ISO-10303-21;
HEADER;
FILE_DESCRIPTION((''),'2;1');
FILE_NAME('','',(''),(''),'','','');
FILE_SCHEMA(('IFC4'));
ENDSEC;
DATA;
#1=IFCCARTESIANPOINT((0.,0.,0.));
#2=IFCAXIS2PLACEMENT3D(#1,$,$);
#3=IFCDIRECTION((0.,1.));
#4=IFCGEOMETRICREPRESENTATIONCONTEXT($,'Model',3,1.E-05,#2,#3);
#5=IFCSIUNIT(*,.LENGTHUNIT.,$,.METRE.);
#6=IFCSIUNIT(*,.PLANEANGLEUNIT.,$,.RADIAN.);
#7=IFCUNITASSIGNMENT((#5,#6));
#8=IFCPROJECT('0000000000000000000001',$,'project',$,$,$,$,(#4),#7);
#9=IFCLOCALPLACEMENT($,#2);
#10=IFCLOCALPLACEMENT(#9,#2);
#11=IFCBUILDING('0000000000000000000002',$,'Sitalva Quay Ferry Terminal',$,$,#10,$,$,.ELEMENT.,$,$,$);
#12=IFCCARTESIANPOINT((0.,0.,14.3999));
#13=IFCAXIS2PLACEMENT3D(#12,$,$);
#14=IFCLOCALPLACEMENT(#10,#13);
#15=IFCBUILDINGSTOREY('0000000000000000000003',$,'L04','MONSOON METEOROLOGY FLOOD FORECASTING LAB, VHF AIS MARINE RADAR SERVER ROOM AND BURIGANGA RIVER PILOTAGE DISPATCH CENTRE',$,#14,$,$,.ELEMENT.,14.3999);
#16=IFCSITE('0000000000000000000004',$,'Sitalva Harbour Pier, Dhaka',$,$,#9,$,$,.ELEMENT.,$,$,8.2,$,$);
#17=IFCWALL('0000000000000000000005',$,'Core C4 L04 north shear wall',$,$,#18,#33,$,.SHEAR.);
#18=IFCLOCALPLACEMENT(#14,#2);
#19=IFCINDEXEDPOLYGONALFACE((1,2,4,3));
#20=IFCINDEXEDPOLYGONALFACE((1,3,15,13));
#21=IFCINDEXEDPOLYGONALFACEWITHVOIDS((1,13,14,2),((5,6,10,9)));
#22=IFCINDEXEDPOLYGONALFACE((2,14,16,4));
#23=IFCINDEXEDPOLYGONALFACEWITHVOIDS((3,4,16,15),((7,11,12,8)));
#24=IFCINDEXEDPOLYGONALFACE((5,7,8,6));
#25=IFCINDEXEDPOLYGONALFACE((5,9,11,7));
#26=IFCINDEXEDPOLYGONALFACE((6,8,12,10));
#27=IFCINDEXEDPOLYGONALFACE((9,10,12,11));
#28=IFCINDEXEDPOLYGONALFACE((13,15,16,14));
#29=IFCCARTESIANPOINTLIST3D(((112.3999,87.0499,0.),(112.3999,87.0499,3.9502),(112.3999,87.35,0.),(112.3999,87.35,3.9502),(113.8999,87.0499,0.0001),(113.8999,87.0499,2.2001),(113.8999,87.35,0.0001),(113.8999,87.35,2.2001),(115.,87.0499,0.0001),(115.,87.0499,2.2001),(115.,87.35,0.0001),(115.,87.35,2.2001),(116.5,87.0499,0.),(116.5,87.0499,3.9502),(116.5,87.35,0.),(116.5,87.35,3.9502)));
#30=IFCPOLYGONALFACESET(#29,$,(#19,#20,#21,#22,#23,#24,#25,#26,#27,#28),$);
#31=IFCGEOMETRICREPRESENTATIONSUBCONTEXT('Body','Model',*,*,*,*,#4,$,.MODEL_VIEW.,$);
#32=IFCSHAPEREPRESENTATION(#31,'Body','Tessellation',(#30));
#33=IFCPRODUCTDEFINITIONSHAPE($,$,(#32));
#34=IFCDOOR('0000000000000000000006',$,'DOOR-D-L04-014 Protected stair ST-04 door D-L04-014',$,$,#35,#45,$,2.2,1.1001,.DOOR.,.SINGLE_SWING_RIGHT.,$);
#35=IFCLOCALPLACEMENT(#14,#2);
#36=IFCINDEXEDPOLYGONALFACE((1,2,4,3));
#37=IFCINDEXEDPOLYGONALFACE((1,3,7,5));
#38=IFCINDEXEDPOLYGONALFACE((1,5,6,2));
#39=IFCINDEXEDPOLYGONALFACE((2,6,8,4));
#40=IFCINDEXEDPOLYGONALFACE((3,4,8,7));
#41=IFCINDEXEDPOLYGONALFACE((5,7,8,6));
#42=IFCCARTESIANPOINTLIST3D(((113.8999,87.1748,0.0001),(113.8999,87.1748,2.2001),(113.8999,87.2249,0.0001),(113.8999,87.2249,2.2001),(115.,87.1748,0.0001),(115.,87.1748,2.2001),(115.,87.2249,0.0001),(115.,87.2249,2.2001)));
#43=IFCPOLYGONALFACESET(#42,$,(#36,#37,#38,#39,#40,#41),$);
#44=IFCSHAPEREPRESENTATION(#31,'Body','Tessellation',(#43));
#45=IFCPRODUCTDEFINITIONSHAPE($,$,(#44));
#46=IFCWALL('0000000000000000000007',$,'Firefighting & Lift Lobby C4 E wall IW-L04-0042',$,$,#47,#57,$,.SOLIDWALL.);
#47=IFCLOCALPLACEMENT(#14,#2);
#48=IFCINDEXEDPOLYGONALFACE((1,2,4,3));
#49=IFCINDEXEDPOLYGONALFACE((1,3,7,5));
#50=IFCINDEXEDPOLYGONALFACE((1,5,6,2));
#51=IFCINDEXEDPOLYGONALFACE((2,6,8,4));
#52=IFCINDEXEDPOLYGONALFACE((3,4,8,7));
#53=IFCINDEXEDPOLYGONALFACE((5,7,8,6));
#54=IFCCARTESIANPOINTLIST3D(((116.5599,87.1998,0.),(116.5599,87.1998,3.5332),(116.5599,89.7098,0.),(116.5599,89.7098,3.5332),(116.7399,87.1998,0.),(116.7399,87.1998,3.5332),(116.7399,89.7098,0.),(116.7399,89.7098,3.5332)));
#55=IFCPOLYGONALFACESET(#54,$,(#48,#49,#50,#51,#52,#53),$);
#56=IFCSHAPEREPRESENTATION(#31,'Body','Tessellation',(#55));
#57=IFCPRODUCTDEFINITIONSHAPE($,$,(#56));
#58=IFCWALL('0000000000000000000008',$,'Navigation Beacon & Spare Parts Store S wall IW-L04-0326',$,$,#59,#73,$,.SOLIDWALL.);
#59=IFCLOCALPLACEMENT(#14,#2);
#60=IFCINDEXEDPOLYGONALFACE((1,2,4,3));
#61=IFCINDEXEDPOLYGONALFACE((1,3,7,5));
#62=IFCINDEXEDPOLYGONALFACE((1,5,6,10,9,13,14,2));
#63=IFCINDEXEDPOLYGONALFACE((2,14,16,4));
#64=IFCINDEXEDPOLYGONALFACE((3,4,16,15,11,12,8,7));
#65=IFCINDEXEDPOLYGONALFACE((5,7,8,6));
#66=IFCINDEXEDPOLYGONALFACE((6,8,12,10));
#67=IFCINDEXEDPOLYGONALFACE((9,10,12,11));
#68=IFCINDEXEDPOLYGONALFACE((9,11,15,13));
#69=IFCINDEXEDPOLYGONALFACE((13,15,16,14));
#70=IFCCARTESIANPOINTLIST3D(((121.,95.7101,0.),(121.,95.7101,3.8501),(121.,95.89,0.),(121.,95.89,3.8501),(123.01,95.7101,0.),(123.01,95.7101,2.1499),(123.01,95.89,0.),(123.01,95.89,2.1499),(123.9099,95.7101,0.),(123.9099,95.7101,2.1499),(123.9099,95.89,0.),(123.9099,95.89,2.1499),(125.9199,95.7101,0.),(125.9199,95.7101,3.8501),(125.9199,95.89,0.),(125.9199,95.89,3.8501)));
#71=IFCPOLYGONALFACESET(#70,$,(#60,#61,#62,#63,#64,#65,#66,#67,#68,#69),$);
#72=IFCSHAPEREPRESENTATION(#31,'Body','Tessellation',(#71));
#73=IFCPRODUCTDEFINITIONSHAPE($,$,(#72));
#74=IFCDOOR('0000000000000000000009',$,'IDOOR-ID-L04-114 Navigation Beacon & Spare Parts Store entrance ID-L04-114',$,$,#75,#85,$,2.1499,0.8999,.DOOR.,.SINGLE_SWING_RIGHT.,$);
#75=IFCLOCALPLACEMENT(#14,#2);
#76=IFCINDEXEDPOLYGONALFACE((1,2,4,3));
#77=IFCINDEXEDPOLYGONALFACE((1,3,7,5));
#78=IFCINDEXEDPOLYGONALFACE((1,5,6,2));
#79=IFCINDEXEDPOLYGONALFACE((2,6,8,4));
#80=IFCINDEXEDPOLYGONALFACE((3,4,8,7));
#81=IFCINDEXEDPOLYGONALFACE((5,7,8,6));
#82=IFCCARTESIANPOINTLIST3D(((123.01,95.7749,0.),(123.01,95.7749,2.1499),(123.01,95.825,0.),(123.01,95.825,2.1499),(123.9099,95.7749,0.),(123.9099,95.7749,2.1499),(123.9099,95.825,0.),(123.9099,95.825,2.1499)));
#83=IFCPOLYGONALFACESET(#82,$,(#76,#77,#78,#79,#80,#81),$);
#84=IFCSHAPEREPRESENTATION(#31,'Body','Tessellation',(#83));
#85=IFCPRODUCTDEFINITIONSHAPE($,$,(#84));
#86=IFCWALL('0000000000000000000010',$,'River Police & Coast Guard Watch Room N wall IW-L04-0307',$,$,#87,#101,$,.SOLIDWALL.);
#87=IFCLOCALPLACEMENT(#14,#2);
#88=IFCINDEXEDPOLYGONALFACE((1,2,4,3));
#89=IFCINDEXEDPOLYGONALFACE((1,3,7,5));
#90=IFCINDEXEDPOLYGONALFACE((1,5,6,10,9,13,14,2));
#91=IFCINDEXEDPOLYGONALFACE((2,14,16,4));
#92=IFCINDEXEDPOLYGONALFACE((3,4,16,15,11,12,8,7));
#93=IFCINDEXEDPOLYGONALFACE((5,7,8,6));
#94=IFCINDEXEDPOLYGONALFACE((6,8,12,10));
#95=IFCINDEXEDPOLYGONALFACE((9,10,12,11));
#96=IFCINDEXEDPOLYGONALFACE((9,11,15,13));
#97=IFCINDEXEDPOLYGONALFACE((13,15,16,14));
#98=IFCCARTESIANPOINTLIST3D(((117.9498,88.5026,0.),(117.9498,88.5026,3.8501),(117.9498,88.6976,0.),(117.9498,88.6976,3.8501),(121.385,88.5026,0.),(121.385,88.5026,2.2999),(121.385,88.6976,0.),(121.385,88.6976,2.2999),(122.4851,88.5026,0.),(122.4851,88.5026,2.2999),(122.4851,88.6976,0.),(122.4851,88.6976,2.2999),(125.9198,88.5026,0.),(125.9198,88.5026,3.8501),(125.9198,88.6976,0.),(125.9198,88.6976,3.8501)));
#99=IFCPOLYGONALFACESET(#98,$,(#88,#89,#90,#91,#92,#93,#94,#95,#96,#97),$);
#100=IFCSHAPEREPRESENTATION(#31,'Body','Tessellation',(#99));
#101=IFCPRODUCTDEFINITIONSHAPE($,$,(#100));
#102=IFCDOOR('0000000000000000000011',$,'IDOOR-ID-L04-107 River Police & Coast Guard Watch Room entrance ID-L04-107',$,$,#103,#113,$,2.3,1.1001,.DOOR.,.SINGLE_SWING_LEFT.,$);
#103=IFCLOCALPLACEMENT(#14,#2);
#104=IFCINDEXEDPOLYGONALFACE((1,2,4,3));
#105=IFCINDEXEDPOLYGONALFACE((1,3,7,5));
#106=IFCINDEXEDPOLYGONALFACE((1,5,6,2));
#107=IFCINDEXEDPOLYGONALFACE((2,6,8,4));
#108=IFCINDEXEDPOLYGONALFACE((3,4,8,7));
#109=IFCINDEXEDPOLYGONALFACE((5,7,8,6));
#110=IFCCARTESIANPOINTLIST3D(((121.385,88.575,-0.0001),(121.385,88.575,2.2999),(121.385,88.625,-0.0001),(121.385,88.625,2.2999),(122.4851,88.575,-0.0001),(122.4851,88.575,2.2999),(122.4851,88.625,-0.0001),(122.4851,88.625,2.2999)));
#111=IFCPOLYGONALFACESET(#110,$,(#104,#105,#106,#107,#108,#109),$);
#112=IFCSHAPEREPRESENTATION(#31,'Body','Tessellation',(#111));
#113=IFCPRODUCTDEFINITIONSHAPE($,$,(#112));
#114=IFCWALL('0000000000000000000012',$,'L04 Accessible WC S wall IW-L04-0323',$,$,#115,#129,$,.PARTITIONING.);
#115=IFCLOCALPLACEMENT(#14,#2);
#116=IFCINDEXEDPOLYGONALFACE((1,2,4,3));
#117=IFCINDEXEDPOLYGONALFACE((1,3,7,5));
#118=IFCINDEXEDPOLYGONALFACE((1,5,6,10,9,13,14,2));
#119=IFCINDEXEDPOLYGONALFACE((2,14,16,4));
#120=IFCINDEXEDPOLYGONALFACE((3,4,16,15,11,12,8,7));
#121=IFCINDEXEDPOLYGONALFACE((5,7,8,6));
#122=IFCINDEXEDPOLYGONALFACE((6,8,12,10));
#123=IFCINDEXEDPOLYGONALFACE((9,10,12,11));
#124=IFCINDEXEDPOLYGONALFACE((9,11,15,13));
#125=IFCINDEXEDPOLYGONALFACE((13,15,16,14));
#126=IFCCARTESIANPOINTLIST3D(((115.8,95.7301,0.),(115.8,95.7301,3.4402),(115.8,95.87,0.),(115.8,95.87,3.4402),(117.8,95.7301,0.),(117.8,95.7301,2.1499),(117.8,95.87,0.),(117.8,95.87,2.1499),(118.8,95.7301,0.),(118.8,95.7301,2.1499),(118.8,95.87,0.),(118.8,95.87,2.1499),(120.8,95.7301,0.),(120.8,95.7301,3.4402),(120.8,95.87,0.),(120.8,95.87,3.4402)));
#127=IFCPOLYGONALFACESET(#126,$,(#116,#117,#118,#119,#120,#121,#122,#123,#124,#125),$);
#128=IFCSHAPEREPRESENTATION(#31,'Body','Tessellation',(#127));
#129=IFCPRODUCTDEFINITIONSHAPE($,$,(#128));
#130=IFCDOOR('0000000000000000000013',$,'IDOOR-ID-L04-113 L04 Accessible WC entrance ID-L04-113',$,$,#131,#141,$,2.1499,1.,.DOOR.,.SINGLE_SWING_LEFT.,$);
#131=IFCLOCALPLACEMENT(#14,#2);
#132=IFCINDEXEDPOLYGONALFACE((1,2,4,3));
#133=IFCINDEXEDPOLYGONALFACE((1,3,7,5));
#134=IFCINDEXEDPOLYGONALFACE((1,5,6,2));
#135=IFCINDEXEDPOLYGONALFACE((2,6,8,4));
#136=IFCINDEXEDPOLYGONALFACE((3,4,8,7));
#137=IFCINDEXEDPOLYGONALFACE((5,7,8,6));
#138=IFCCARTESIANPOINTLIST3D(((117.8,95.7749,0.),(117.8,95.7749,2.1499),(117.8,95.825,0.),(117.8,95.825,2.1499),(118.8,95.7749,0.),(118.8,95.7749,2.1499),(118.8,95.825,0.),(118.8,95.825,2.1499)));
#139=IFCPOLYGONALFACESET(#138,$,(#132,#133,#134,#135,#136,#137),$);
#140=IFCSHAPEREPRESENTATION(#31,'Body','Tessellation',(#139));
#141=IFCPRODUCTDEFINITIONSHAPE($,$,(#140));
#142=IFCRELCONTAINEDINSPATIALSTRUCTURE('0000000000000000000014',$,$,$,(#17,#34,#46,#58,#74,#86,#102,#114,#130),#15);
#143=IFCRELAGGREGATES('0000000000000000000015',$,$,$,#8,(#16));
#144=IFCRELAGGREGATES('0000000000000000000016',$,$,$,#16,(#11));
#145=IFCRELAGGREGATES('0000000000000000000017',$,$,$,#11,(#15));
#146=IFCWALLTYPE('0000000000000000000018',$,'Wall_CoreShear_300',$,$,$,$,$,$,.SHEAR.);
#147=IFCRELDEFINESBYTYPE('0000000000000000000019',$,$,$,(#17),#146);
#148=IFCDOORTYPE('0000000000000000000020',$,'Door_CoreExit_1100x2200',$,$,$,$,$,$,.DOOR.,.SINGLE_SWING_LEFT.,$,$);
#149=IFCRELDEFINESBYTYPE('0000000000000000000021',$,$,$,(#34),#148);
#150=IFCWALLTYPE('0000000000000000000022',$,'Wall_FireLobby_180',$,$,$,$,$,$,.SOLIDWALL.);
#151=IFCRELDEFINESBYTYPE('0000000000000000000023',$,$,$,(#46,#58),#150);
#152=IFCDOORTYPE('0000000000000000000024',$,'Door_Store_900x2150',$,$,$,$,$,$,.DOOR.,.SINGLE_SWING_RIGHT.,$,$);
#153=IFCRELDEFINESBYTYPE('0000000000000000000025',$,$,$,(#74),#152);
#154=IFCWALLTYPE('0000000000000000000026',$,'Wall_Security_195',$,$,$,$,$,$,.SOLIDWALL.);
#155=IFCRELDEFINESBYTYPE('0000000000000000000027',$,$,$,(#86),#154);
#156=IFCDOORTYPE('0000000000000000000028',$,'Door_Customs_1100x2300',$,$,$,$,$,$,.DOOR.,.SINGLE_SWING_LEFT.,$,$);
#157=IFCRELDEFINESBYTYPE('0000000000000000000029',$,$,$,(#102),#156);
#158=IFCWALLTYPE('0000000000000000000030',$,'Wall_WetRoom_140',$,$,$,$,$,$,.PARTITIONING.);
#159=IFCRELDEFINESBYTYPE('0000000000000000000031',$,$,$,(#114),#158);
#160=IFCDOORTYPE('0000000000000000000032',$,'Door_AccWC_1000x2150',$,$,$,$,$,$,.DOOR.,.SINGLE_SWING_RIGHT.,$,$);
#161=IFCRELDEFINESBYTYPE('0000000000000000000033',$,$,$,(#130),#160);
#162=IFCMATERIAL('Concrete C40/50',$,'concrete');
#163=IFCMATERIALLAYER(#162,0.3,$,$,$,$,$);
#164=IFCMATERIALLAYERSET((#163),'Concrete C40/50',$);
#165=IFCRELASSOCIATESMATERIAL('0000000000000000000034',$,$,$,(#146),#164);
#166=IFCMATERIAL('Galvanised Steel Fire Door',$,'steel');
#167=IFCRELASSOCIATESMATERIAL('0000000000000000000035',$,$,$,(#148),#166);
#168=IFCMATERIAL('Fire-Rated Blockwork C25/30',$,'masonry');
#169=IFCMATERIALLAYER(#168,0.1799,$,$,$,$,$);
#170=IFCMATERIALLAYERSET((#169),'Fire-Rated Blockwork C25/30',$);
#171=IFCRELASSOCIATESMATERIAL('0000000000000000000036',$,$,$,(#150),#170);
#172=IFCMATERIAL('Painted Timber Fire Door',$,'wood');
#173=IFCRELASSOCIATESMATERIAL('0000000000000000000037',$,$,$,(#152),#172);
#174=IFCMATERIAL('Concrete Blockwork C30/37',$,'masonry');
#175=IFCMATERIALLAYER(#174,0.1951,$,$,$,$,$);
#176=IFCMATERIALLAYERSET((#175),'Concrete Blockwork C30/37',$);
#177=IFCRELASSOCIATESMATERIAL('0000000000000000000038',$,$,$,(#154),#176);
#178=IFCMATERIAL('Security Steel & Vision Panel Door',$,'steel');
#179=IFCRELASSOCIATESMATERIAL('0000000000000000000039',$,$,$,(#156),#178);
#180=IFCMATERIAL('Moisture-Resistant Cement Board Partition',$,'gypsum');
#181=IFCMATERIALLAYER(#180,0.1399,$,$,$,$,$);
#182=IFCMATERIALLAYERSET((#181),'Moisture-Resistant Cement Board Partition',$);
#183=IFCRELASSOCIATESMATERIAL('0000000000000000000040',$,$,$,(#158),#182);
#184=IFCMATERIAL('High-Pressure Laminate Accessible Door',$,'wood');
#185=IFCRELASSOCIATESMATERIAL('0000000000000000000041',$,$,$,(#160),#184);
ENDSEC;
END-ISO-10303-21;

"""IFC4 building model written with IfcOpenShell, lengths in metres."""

from ifc_helpers import new_model, si_unit, direction, frame, frame_2d, origin, place, context, subcontext, project, spatial, rectangle, extrude, material, layer, layer_set, type_object, element, fill, save


model = new_model("IFC4")

# Units and contexts
model_context = context("Model", 3, precision=1e-05, world=origin(), true_north=direction((0.0, 1.0)))
body_context = subcontext(model_context, "Body", "Model", "MODEL_VIEW")
ifc_project = project(units=[si_unit("LENGTHUNIT", "METRE"), si_unit("PLANEANGLEUNIT", "RADIAN")], contexts=[model_context])

# Site, building, storey
site_placement = place(None, origin())
site = spatial("IfcSite", under=ifc_project, at=site_placement, Name="Sitalva Harbour Pier, Dhaka", CompositionType="ELEMENT", RefElevation=8.2)
building_placement = place(site_placement, origin())
building = spatial("IfcBuilding", under=site, at=building_placement, Name="Sitalva Quay Ferry Terminal", CompositionType="ELEMENT")
storey_placement = place(building_placement, frame((0.0, 0.0, 14.3999)))
storey = spatial("IfcBuildingStorey", under=building, at=storey_placement, Name="L04", Description="MONSOON METEOROLOGY FLOOD FORECASTING LAB, VHF AIS MARINE RADAR SERVER ROOM AND BURIGANGA RIVER PILOTAGE DISPATCH CENTRE", CompositionType="ELEMENT", Elevation=14.3999)

# Wall, opening, door
ifc_material_1 = material(Name="Concrete C40/50", Category="concrete")
ifc_layer_1 = layer(ifc_material_1, 0.3)
ifc_layer_set_1 = layer_set([ifc_layer_1], Name="Concrete C40/50")
wall_type_1 = type_object("IfcWallType", Name="Wall_CoreShear_300", PredefinedType="SHEAR", material=ifc_layer_set_1)
wall_1_placement = place(storey_placement, frame((112.3999, 87.2, 0.0), z_axis=(0.0, 0.0, 1.0), x_axis=(1.0, 0.0, 0.0)))
wall_1 = element("IfcWall", 1, at=wall_1_placement, inside=storey, type_object=wall_type_1, Name="Core C4 L04 north shear wall", PredefinedType="SHEAR", context=body_context, shape_type="SweptSolid", body=[
    extrude(rectangle(XDim=4.1001, YDim=0.3, at=frame_2d((2.05, 0.0))), origin(), (0.0, 0.0, 1.0), 3.9502),
])
opening_1_placement = place(wall_1_placement, frame((1.5, 0.0, 0.0)))
opening_1 = element("IfcOpeningElement", 2, at=opening_1_placement, cuts=wall_1, PredefinedType="OPENING", context=body_context, shape_type="SweptSolid", body=[
    extrude(rectangle(XDim=1.1001, YDim=2.2, at=frame_2d((0.55, 1.1001))), frame((0.0, 0.1599, 0.0), z_axis=(0.0, -1.0, 0.0), x_axis=(1.0, 0.0, 0.0)), (0.0, 0.0, 1.0), 0.3201),
])
ifc_material_2 = material(Name="Galvanised Steel Fire Door", Category="steel")
door_type_1 = type_object("IfcDoorType", Name="Door_CoreExit_1100x2200", OperationType="SINGLE_SWING_LEFT", PredefinedType="DOOR", material=ifc_material_2)
door_1_placement = place(opening_1_placement, origin())
door_1 = element("IfcDoor", 3, at=door_1_placement, inside=storey, type_object=door_type_1, Name="DOOR-D-L04-014 Protected stair ST-04 door D-L04-014", OperationType="SINGLE_SWING_RIGHT", OverallHeight=2.2, OverallWidth=1.1001, PredefinedType="DOOR", context=body_context, shape_type="SweptSolid", body=[
    extrude(rectangle(XDim=1.1001, YDim=2.2, at=frame_2d((0.55, 1.1001))), frame((0.0, 0.0249, 0.0), z_axis=(0.0, -1.0, 0.0), x_axis=(1.0, 0.0, 0.0)), (0.0, 0.0, 1.0), 0.05),
])
fill(opening_1, door_1)

# Wall
ifc_material_3 = material(Name="Fire-Rated Blockwork C25/30", Category="masonry")
ifc_layer_2 = layer(ifc_material_3, 0.1799)
ifc_layer_set_2 = layer_set([ifc_layer_2], Name="Fire-Rated Blockwork C25/30")
wall_type_2 = type_object("IfcWallType", Name="Wall_FireLobby_180", PredefinedType="SOLIDWALL", material=ifc_layer_set_2)
wall_2_placement = place(storey_placement, frame((116.6499, 87.2, 0.0), z_axis=(0.0, 0.0, 1.0), x_axis=(0.0, 1.0, 0.0)))
element("IfcWall", 4, at=wall_2_placement, inside=storey, type_object=wall_type_2, Name="Firefighting & Lift Lobby C4 E wall IW-L04-0042", PredefinedType="SOLIDWALL", context=body_context, shape_type="SweptSolid", body=[
    extrude(rectangle(XDim=2.51, YDim=0.1799, at=frame_2d((1.2549, 0.0))), origin(), (0.0, 0.0, 1.0), 3.5332),
])

# Walls, openings, doors
wall_3_placement = place(storey_placement, frame((121.0, 95.8, 0.0), z_axis=(0.0, 0.0, 1.0), x_axis=(1.0, 0.0, 0.0)))
wall_3 = element("IfcWall", 5, at=wall_3_placement, inside=storey, type_object=wall_type_2, Name="Navigation Beacon & Spare Parts Store S wall IW-L04-0326", PredefinedType="SOLIDWALL", context=body_context, shape_type="SweptSolid", body=[
    extrude(rectangle(XDim=4.9199, YDim=0.1799, at=frame_2d((2.46, 0.0))), origin(), (0.0, 0.0, 1.0), 3.8501),
])
opening_2_placement = place(wall_3_placement, frame((2.01, 0.0, 0.0)))
opening_2 = element("IfcOpeningElement", 6, at=opening_2_placement, cuts=wall_3, PredefinedType="OPENING", context=body_context, shape_type="SweptSolid", body=[
    extrude(rectangle(XDim=0.8999, YDim=2.1499, at=frame_2d((0.45, 1.075))), frame((0.0, 0.0999, 0.0), z_axis=(0.0, -1.0, 0.0), x_axis=(1.0, 0.0, 0.0)), (0.0, 0.0, 1.0), 0.2),
])
ifc_material_4 = material(Name="Painted Timber Fire Door", Category="wood")
door_type_2 = type_object("IfcDoorType", Name="Door_Store_900x2150", OperationType="SINGLE_SWING_RIGHT", PredefinedType="DOOR", material=ifc_material_4)
door_2_placement = place(opening_2_placement, origin())
door_2 = element("IfcDoor", 7, at=door_2_placement, inside=storey, type_object=door_type_2, Name="IDOOR-ID-L04-114 Navigation Beacon & Spare Parts Store entrance ID-L04-114", OperationType="SINGLE_SWING_RIGHT", OverallHeight=2.1499, OverallWidth=0.8999, PredefinedType="DOOR", context=body_context, shape_type="SweptSolid", body=[
    extrude(rectangle(XDim=0.8999, YDim=2.1499, at=frame_2d((0.45, 1.075))), frame((0.0, 0.0249, 0.0), z_axis=(0.0, -1.0, 0.0), x_axis=(1.0, 0.0, 0.0)), (0.0, 0.0, 1.0), 0.05),
])
fill(opening_2, door_2)
ifc_material_5 = material(Name="Concrete Blockwork C30/37", Category="masonry")
ifc_layer_3 = layer(ifc_material_5, 0.1951)
ifc_layer_set_3 = layer_set([ifc_layer_3], Name="Concrete Blockwork C30/37")
wall_type_3 = type_object("IfcWallType", Name="Wall_Security_195", PredefinedType="SOLIDWALL", material=ifc_layer_set_3)
wall_4_placement = place(storey_placement, frame((117.95, 88.6001, 0.0), z_axis=(0.0, 0.0, 1.0), x_axis=(1.0, 0.0, 0.0)))
wall_4 = element("IfcWall", 8, at=wall_4_placement, inside=storey, type_object=wall_type_3, Name="River Police & Coast Guard Watch Room N wall IW-L04-0307", PredefinedType="SOLIDWALL", context=body_context, shape_type="SweptSolid", body=[
    extrude(rectangle(XDim=7.97, YDim=0.1951, at=frame_2d((3.9849, 0.0))), origin(), (0.0, 0.0, 1.0), 3.8501),
])
opening_3_placement = place(wall_4_placement, frame((3.4351, 0.0, 0.0)))
opening_3 = element("IfcOpeningElement", 9, at=opening_3_placement, cuts=wall_4, PredefinedType="OPENING", context=body_context, shape_type="SweptSolid", body=[
    extrude(rectangle(XDim=1.1001, YDim=2.3, at=frame_2d((0.55, 1.1499))), frame((0.0, 0.1074, 0.0), z_axis=(0.0, -1.0, 0.0), x_axis=(1.0, 0.0, 0.0)), (0.0, 0.0, 1.0), 0.2151),
])
ifc_material_6 = material(Name="Security Steel & Vision Panel Door", Category="steel")
door_type_3 = type_object("IfcDoorType", Name="Door_Customs_1100x2300", OperationType="SINGLE_SWING_LEFT", PredefinedType="DOOR", material=ifc_material_6)
door_3_placement = place(opening_3_placement, origin())
door_3 = element("IfcDoor", 10, at=door_3_placement, inside=storey, type_object=door_type_3, Name="IDOOR-ID-L04-107 River Police & Coast Guard Watch Room entrance ID-L04-107", OperationType="SINGLE_SWING_LEFT", OverallHeight=2.3, OverallWidth=1.1001, PredefinedType="DOOR", context=body_context, shape_type="SweptSolid", body=[
    extrude(rectangle(XDim=1.1001, YDim=2.3, at=frame_2d((0.55, 1.1499))), frame((0.0, 0.0249, 0.0), z_axis=(0.0, -1.0, 0.0), x_axis=(1.0, 0.0, 0.0)), (0.0, 0.0, 1.0), 0.05),
])
fill(opening_3, door_3)
ifc_material_7 = material(Name="Moisture-Resistant Cement Board Partition", Category="gypsum")
ifc_layer_4 = layer(ifc_material_7, 0.1399)
ifc_layer_set_4 = layer_set([ifc_layer_4], Name="Moisture-Resistant Cement Board Partition")
wall_type_4 = type_object("IfcWallType", Name="Wall_WetRoom_140", PredefinedType="PARTITIONING", material=ifc_layer_set_4)
wall_5_placement = place(storey_placement, frame((115.8, 95.8, 0.0), z_axis=(0.0, 0.0, 1.0), x_axis=(1.0, 0.0, 0.0)))
wall_5 = element("IfcWall", 11, at=wall_5_placement, inside=storey, type_object=wall_type_4, Name="L04 Accessible WC S wall IW-L04-0323", PredefinedType="PARTITIONING", context=body_context, shape_type="SweptSolid", body=[
    extrude(rectangle(XDim=5.0, YDim=0.1399, at=frame_2d((2.5, 0.0))), origin(), (0.0, 0.0, 1.0), 3.4402),
])
opening_4_placement = place(wall_5_placement, frame((2.0, 0.0, 0.0)))
opening_4 = element("IfcOpeningElement", 12, at=opening_4_placement, cuts=wall_5, PredefinedType="OPENING", context=body_context, shape_type="SweptSolid", body=[
    extrude(rectangle(XDim=1.0, YDim=2.1499, at=frame_2d((0.5, 1.075))), frame((0.0, 0.0798, 0.0), z_axis=(0.0, -1.0, 0.0), x_axis=(1.0, 0.0, 0.0)), (0.0, 0.0, 1.0), 0.1599),
])
ifc_material_8 = material(Name="High-Pressure Laminate Accessible Door", Category="wood")
door_type_4 = type_object("IfcDoorType", Name="Door_AccWC_1000x2150", OperationType="SINGLE_SWING_RIGHT", PredefinedType="DOOR", material=ifc_material_8)
door_4_placement = place(opening_4_placement, origin())
door_4 = element("IfcDoor", 13, at=door_4_placement, inside=storey, type_object=door_type_4, Name="IDOOR-ID-L04-113 L04 Accessible WC entrance ID-L04-113", OperationType="SINGLE_SWING_LEFT", OverallHeight=2.1499, OverallWidth=1.0, PredefinedType="DOOR", context=body_context, shape_type="SweptSolid", body=[
    extrude(rectangle(XDim=1.0, YDim=2.1499, at=frame_2d((0.5, 1.075))), frame((0.0, 0.0249, 0.0), z_axis=(0.0, -1.0, 0.0), x_axis=(1.0, 0.0, 0.0)), (0.0, 0.0, 1.0), 0.05),
])
fill(opening_4, door_4)

save(model, "model.ifc")
